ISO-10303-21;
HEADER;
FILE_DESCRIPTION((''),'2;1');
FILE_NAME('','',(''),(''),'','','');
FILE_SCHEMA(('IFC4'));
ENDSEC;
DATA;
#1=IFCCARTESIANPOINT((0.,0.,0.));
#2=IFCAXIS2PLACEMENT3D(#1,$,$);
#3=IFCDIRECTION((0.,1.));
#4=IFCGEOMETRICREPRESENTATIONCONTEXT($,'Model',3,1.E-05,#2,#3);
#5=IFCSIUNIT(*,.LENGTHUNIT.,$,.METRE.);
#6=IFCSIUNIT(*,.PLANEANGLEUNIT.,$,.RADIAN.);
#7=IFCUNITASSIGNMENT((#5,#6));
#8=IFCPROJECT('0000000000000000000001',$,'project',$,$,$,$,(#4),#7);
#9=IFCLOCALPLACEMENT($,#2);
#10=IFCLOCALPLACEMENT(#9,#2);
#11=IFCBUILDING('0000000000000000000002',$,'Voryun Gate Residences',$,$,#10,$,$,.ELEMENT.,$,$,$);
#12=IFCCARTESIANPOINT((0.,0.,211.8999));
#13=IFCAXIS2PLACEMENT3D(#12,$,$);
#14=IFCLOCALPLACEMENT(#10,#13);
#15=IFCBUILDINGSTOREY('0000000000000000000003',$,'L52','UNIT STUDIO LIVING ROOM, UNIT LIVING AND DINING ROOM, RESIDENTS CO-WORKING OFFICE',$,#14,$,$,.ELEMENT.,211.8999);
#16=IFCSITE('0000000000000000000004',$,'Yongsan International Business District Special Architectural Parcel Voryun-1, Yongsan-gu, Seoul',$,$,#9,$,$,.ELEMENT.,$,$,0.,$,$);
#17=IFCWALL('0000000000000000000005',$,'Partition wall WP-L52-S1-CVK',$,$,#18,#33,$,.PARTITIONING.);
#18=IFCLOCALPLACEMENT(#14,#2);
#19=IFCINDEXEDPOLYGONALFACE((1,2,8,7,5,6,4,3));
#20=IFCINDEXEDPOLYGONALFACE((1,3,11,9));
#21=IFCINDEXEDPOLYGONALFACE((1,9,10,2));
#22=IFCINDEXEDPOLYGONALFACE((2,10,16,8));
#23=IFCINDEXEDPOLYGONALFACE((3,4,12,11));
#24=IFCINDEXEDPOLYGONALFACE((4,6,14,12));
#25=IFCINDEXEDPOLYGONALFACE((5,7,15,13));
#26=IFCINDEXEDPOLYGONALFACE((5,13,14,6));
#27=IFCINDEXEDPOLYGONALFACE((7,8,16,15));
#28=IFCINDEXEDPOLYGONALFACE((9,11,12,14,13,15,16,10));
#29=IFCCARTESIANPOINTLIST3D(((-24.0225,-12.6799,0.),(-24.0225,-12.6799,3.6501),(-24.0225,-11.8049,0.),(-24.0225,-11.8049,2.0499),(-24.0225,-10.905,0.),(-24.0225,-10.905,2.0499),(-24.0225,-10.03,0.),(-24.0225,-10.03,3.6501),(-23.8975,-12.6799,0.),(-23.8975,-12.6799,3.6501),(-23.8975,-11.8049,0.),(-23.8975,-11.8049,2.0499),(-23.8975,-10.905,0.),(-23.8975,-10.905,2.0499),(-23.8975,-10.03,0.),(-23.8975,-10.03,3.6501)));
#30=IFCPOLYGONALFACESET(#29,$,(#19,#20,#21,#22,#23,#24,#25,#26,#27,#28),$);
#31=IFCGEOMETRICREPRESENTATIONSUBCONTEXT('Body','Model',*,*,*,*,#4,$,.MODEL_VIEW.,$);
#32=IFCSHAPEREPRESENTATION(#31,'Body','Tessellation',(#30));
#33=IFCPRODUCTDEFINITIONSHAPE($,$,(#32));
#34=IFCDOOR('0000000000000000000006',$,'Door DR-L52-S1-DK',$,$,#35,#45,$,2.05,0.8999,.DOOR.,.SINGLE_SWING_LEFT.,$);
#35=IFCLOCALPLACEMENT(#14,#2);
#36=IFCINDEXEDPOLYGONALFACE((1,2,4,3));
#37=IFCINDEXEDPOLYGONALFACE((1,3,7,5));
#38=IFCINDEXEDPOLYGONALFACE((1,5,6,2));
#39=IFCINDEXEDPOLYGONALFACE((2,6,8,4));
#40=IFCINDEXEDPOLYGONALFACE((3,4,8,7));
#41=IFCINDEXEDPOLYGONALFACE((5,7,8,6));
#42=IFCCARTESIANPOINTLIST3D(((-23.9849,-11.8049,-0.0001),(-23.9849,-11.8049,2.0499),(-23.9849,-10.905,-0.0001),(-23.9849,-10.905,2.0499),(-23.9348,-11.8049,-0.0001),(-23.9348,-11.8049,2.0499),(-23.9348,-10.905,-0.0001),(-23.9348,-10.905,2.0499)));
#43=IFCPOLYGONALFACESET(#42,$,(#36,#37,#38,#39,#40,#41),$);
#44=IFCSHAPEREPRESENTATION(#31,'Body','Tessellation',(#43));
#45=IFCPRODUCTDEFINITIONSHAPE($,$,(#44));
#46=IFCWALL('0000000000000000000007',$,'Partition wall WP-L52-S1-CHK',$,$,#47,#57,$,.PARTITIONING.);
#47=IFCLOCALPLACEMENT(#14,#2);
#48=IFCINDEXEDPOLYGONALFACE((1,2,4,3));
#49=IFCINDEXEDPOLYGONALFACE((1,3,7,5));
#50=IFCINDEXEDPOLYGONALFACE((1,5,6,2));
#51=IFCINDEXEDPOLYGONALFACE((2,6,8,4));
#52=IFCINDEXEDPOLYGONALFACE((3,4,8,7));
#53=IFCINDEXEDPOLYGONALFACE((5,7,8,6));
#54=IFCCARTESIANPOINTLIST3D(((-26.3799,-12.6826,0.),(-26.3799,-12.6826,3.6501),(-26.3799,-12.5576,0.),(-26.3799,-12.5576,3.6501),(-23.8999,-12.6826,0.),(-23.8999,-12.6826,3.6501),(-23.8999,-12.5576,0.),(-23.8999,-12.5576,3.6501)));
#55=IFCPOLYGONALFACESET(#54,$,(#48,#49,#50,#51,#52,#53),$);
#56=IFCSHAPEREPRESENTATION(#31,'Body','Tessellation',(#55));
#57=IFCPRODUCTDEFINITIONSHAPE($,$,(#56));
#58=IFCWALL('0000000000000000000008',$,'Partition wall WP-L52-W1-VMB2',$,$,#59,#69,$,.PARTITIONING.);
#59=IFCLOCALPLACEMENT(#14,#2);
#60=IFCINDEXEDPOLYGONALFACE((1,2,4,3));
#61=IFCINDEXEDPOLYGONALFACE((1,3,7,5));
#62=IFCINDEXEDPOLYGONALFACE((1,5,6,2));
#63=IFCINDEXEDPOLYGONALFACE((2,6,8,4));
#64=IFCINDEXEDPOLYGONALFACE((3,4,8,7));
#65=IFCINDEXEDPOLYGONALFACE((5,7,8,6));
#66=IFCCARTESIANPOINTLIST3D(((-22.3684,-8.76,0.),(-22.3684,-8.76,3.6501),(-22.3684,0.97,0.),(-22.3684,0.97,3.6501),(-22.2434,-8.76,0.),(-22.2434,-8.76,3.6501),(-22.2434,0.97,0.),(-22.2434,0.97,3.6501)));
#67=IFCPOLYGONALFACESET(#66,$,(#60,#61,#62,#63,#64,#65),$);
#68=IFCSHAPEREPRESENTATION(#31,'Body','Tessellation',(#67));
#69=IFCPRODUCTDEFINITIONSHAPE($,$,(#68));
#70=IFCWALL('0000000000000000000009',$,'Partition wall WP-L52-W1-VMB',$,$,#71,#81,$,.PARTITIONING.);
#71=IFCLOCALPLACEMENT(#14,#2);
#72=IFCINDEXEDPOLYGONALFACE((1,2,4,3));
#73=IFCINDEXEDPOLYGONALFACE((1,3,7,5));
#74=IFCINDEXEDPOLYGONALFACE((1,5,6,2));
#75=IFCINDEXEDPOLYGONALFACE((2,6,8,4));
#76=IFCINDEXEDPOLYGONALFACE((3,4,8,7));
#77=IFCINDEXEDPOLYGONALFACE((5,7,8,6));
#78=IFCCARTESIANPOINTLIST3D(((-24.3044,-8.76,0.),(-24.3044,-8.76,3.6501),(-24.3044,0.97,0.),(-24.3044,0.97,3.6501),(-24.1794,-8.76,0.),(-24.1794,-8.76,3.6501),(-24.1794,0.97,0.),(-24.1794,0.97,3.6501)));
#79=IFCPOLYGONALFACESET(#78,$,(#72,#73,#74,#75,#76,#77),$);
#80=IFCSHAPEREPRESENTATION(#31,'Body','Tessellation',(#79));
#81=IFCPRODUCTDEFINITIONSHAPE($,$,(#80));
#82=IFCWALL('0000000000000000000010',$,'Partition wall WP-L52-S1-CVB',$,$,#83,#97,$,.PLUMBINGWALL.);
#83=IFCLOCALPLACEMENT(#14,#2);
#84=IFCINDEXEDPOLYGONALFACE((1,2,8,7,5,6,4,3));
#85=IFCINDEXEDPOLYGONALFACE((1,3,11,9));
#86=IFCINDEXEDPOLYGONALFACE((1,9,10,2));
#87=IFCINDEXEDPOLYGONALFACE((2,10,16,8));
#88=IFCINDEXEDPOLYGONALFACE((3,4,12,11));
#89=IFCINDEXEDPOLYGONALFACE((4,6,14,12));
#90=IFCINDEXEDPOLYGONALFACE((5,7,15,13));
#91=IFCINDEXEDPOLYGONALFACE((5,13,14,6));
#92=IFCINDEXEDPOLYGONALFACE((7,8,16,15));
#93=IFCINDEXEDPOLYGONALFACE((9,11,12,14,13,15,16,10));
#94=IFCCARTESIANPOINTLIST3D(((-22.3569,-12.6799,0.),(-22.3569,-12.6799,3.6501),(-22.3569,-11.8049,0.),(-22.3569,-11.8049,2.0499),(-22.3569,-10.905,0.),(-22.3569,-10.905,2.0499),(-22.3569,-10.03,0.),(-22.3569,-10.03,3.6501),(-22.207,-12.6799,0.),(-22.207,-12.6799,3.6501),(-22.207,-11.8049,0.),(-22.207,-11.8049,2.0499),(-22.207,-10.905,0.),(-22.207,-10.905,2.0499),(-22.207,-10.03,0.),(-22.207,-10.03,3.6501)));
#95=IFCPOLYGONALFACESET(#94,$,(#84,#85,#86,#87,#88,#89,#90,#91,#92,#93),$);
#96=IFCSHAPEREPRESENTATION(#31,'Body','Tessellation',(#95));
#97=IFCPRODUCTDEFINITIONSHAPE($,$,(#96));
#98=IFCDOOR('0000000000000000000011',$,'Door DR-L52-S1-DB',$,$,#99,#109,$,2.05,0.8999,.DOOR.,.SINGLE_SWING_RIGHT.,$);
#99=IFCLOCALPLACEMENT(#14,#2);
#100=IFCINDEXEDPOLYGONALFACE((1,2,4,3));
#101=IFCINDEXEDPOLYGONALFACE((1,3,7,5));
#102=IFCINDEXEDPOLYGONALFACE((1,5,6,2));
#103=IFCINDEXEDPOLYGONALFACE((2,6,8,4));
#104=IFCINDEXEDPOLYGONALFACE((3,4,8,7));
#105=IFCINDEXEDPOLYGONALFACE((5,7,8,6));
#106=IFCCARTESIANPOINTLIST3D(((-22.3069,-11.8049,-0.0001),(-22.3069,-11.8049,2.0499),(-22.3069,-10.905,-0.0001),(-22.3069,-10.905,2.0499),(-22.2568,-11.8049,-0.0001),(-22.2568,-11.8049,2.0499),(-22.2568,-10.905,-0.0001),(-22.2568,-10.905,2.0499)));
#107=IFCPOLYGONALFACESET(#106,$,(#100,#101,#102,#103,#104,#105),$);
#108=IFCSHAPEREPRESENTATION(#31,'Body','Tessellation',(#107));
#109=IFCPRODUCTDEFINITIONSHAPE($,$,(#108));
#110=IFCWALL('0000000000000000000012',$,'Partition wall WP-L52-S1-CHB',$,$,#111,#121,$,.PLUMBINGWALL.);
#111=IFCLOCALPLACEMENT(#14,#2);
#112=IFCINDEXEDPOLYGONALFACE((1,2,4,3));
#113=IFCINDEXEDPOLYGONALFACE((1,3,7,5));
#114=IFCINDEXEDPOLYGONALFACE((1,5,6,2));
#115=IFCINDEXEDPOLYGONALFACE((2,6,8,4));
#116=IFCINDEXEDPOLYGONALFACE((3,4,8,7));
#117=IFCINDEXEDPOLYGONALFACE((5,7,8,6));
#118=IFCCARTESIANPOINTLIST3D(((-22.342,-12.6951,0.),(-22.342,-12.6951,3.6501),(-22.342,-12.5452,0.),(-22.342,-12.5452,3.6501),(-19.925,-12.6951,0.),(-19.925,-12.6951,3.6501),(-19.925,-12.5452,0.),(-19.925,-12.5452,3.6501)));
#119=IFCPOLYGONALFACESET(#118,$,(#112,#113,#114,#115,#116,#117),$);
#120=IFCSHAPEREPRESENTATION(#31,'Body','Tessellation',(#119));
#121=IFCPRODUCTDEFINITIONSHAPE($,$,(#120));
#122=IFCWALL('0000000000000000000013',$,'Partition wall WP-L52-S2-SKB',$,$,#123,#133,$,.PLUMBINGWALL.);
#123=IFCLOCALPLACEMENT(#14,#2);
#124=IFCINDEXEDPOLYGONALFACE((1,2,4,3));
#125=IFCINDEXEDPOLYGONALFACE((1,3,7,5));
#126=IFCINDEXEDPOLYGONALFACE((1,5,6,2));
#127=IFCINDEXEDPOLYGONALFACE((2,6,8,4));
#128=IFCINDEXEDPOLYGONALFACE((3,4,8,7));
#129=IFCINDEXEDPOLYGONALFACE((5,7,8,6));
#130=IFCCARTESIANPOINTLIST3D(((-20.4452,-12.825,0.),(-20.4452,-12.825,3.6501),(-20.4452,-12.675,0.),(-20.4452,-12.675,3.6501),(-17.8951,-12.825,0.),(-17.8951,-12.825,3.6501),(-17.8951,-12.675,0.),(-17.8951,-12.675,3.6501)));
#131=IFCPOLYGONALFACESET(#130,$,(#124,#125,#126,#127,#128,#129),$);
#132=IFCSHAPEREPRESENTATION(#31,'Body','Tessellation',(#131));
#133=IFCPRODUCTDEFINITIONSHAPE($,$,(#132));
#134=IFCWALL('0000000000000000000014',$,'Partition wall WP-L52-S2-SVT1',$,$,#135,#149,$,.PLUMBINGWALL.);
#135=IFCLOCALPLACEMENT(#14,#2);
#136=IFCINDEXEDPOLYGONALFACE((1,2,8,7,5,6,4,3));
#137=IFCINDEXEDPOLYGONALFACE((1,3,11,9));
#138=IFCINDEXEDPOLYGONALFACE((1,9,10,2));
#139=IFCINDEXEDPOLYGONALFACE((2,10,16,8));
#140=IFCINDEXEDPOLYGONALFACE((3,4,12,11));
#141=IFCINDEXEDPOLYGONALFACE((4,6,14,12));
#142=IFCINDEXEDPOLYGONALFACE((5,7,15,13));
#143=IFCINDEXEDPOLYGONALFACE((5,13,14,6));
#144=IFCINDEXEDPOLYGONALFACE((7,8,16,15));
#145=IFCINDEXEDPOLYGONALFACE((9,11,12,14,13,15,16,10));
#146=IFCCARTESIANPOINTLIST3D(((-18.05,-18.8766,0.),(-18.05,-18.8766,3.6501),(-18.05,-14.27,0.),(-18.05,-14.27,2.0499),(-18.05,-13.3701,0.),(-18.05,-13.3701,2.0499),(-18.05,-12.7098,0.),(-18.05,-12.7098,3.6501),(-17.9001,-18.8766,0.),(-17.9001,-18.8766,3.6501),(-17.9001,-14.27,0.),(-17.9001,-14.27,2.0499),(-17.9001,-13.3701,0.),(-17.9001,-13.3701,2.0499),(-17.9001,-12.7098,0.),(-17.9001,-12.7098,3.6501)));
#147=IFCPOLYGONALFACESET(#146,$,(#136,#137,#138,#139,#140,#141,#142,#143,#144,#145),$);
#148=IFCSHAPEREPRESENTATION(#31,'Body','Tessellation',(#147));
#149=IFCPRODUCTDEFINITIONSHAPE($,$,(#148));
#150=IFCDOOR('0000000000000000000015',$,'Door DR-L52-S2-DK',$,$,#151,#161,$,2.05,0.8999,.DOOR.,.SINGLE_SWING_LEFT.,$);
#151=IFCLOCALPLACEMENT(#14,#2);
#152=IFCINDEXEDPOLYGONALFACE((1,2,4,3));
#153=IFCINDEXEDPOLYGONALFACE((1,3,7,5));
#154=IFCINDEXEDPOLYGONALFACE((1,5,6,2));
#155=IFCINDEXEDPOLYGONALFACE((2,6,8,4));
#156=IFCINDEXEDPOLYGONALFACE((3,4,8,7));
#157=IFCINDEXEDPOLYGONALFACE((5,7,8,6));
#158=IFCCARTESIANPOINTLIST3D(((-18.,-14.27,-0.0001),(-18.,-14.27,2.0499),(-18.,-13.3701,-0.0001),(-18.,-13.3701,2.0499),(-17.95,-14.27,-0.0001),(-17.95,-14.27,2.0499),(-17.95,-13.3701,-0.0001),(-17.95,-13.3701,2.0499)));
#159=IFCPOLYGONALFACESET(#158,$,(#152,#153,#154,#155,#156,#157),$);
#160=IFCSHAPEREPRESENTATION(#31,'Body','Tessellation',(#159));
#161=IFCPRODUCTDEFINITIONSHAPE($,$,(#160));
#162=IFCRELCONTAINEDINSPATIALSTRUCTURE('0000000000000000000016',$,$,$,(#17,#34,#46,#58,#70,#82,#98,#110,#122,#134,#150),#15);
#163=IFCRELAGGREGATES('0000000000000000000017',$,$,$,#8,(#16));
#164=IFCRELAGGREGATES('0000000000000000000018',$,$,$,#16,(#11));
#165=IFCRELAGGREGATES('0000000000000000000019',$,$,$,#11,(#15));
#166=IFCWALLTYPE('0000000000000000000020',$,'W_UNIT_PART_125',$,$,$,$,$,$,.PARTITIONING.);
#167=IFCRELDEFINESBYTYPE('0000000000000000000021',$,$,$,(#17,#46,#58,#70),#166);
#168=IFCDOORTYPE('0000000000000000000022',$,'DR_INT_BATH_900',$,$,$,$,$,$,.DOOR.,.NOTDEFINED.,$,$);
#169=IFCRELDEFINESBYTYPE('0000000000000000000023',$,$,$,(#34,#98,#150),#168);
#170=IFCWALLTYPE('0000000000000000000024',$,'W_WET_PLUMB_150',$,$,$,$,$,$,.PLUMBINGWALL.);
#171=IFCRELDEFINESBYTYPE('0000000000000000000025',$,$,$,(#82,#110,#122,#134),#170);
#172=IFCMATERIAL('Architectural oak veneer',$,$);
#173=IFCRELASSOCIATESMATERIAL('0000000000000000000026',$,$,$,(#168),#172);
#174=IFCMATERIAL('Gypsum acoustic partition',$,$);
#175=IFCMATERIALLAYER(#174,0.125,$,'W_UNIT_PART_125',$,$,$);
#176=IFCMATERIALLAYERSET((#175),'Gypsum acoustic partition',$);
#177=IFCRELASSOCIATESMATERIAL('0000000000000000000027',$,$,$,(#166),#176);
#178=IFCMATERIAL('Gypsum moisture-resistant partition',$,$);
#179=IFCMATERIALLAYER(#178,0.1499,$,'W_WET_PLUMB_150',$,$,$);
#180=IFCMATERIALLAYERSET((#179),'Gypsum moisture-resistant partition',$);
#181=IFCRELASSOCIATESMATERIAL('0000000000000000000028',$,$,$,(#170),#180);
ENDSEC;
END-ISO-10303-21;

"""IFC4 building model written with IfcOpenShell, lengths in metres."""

from ifc_helpers import new_model, si_unit, direction, frame, frame_2d, origin, place, context, subcontext, project, spatial, rectangle, extrude, material, layer, layer_set, type_object, element, fill, save


model = new_model("IFC4")

# Units and contexts
model_context = context("Model", 3, precision=1e-05, world=origin(), true_north=direction((0.0, 1.0)))
body_context = subcontext(model_context, "Body", "Model", "MODEL_VIEW")
ifc_project = project(units=[si_unit("LENGTHUNIT", "METRE"), si_unit("PLANEANGLEUNIT", "RADIAN")], contexts=[model_context])

# Site, building, storey
site_placement = place(None, origin())
site = spatial("IfcSite", under=ifc_project, at=site_placement, Name="Yongsan International Business District Special Architectural Parcel Voryun-1, Yongsan-gu, Seoul", CompositionType="ELEMENT", RefElevation=0.0)
building_placement = place(site_placement, origin())
building = spatial("IfcBuilding", under=site, at=building_placement, Name="Voryun Gate Residences", CompositionType="ELEMENT")
storey_placement = place(building_placement, frame((0.0, 0.0, 211.8999)))
storey = spatial("IfcBuildingStorey", under=building, at=storey_placement, Name="L52", Description="UNIT STUDIO LIVING ROOM, UNIT LIVING AND DINING ROOM, RESIDENTS CO-WORKING OFFICE", CompositionType="ELEMENT", Elevation=211.8999)

# Shared definitions
ifc_material_1 = material(Name="Architectural oak veneer")
door_type_1 = type_object("IfcDoorType", Name="DR_INT_BATH_900", OperationType="NOTDEFINED", PredefinedType="DOOR", material=ifc_material_1)

# Wall, opening, door
ifc_material_2 = material(Name="Gypsum acoustic partition")
ifc_layer_1 = layer(ifc_material_2, 0.125, Name="W_UNIT_PART_125")
ifc_layer_set_1 = layer_set([ifc_layer_1], Name="Gypsum acoustic partition")
wall_type_1 = type_object("IfcWallType", Name="W_UNIT_PART_125", PredefinedType="PARTITIONING", material=ifc_layer_set_1)
wall_1_placement = place(storey_placement, frame((-23.96, -12.6799, 0.0), z_axis=(0.0, 0.0, 1.0), x_axis=(0.0, 1.0, 0.0)))
wall_1 = element("IfcWall", 1, at=wall_1_placement, inside=storey, type_object=wall_type_1, Name="Partition wall WP-L52-S1-CVK", PredefinedType="PARTITIONING", context=body_context, shape_type="SweptSolid", body=[
    extrude(rectangle(XDim=2.6499, YDim=0.125, at=frame_2d((1.325, 0.0))), origin(), (0.0, 0.0, 1.0), 3.6501),
])
opening_1_placement = place(wall_1_placement, frame((0.875, 0.0, 0.0)))
opening_1 = element("IfcOpeningElement", 2, at=opening_1_placement, cuts=wall_1, PredefinedType="OPENING", context=body_context, shape_type="SweptSolid", body=[
    extrude(rectangle(XDim=0.8999, YDim=2.05, at=frame_2d((0.45, 1.0249))), frame((0.0, 0.0725, 0.0), z_axis=(0.0, -1.0, 0.0), x_axis=(1.0, 0.0, 0.0)), (0.0, 0.0, 1.0), 0.145),
])
door_1_placement = place(opening_1_placement, origin())
door_1 = element("IfcDoor", 3, at=door_1_placement, inside=storey, type_object=door_type_1, Name="Door DR-L52-S1-DK", OperationType="SINGLE_SWING_LEFT", OverallHeight=2.05, OverallWidth=0.8999, PredefinedType="DOOR", context=body_context, shape_type="SweptSolid", body=[
    extrude(rectangle(XDim=0.8999, YDim=2.05, at=frame_2d((0.45, 1.0249))), frame((0.0, 0.0249, 0.0), z_axis=(0.0, -1.0, 0.0), x_axis=(1.0, 0.0, 0.0)), (0.0, 0.0, 1.0), 0.05),
])
fill(opening_1, door_1)

# Walls
wall_2_placement = place(storey_placement, frame((-26.3799, -12.6201, 0.0), z_axis=(0.0, 0.0, 1.0), x_axis=(1.0, 0.0, 0.0)))
element("IfcWall", 4, at=wall_2_placement, inside=storey, type_object=wall_type_1, Name="Partition wall WP-L52-S1-CHK", PredefinedType="PARTITIONING", context=body_context, shape_type="SweptSolid", body=[
    extrude(rectangle(XDim=2.48, YDim=0.125, at=frame_2d((1.24, 0.0))), origin(), (0.0, 0.0, 1.0), 3.6501),
])
for number, where, z_axis, x_axis, name in (
    (5, (-22.3059, -8.76, 0.0), (0.0, 0.0, 1.0), (0.0, 1.0, 0.0), "Partition wall WP-L52-W1-VMB2"),
    (6, (-24.2419, -8.76, 0.0), (0.0, 0.0, 1.0), (0.0, 1.0, 0.0), "Partition wall WP-L52-W1-VMB"),
):
    element("IfcWall", number, at=place(storey_placement, frame(where, z_axis=z_axis, x_axis=x_axis)), inside=storey, type_object=wall_type_1, Name=name, PredefinedType="PARTITIONING", context=body_context, shape_type="SweptSolid", body=[
        extrude(rectangle(XDim=9.73, YDim=0.125, at=frame_2d((4.865, 0.0))), origin(), (0.0, 0.0, 1.0), 3.6501),
    ])

# Wall, opening, door
ifc_material_3 = material(Name="Gypsum moisture-resistant partition")
ifc_layer_2 = layer(ifc_material_3, 0.1499, Name="W_WET_PLUMB_150")
ifc_layer_set_2 = layer_set([ifc_layer_2], Name="Gypsum moisture-resistant partition")
wall_type_2 = type_object("IfcWallType", Name="W_WET_PLUMB_150", PredefinedType="PLUMBINGWALL", material=ifc_layer_set_2)
wall_3_placement = place(storey_placement, frame((-22.282, -12.6799, 0.0), z_axis=(0.0, 0.0, 1.0), x_axis=(0.0, 1.0, 0.0)))
wall_3 = element("IfcWall", 7, at=wall_3_placement, inside=storey, type_object=wall_type_2, Name="Partition wall WP-L52-S1-CVB", PredefinedType="PLUMBINGWALL", context=body_context, shape_type="SweptSolid", body=[
    extrude(rectangle(XDim=2.6499, YDim=0.1499, at=frame_2d((1.325, 0.0))), origin(), (0.0, 0.0, 1.0), 3.6501),
])
opening_2_placement = place(wall_3_placement, frame((0.875, 0.0, 0.0)))
opening_2 = element("IfcOpeningElement", 8, at=opening_2_placement, cuts=wall_3, PredefinedType="OPENING", context=body_context, shape_type="SweptSolid", body=[
    extrude(rectangle(XDim=0.8999, YDim=2.05, at=frame_2d((0.45, 1.0249))), frame((0.0, 0.085, 0.0), z_axis=(0.0, -1.0, 0.0), x_axis=(1.0, 0.0, 0.0)), (0.0, 0.0, 1.0), 0.1699),
])
door_2_placement = place(opening_2_placement, origin())
door_2 = element("IfcDoor", 9, at=door_2_placement, inside=storey, type_object=door_type_1, Name="Door DR-L52-S1-DB", OperationType="SINGLE_SWING_RIGHT", OverallHeight=2.05, OverallWidth=0.8999, PredefinedType="DOOR", context=body_context, shape_type="SweptSolid", body=[
    extrude(rectangle(XDim=0.8999, YDim=2.05, at=frame_2d((0.45, 1.0249))), frame((0.0, 0.0249, 0.0), z_axis=(0.0, -1.0, 0.0), x_axis=(1.0, 0.0, 0.0)), (0.0, 0.0, 1.0), 0.05),
])
fill(opening_2, door_2)

# Walls
wall_4_placement = place(storey_placement, frame((-22.342, -12.6201, 0.0), z_axis=(0.0, 0.0, 1.0), x_axis=(1.0, 0.0, 0.0)))
element("IfcWall", 10, at=wall_4_placement, inside=storey, type_object=wall_type_2, Name="Partition wall WP-L52-S1-CHB", PredefinedType="PLUMBINGWALL", context=body_context, shape_type="SweptSolid", body=[
    extrude(rectangle(XDim=2.417, YDim=0.1499, at=frame_2d((1.2085, 0.0))), origin(), (0.0, 0.0, 1.0), 3.6501),
])
wall_5_placement = place(storey_placement, frame((-20.4451, -12.75, 0.0), z_axis=(0.0, 0.0, 1.0), x_axis=(1.0, 0.0, 0.0)))
element("IfcWall", 11, at=wall_5_placement, inside=storey, type_object=wall_type_2, Name="Partition wall WP-L52-S2-SKB", PredefinedType="PLUMBINGWALL", context=body_context, shape_type="SweptSolid", body=[
    extrude(rectangle(XDim=2.55, YDim=0.1499, at=frame_2d((1.2749, 0.0))), origin(), (0.0, 0.0, 1.0), 3.6501),
])

# Wall, opening, door
wall_6_placement = place(storey_placement, frame((-17.9751, -18.8767, 0.0), z_axis=(0.0, 0.0, 1.0), x_axis=(0.0, 1.0, 0.0)))
wall_6 = element("IfcWall", 12, at=wall_6_placement, inside=storey, type_object=wall_type_2, Name="Partition wall WP-L52-S2-SVT1", PredefinedType="PLUMBINGWALL", context=body_context, shape_type="SweptSolid", body=[
    extrude(rectangle(XDim=6.1667, YDim=0.1499, at=frame_2d((3.0835, 0.0))), origin(), (0.0, 0.0, 1.0), 3.6501),
])
opening_3_placement = place(wall_6_placement, frame((4.6067, 0.0, 0.0)))
opening_3 = element("IfcOpeningElement", 13, at=opening_3_placement, cuts=wall_6, PredefinedType="OPENING", context=body_context, shape_type="SweptSolid", body=[
    extrude(rectangle(XDim=0.8999, YDim=2.05, at=frame_2d((0.45, 1.0249))), frame((0.0, 0.085, 0.0), z_axis=(0.0, -1.0, 0.0), x_axis=(1.0, 0.0, 0.0)), (0.0, 0.0, 1.0), 0.1699),
])
door_3_placement = place(opening_3_placement, origin())
door_3 = element("IfcDoor", 14, at=door_3_placement, inside=storey, type_object=door_type_1, Name="Door DR-L52-S2-DK", OperationType="SINGLE_SWING_LEFT", OverallHeight=2.05, OverallWidth=0.8999, PredefinedType="DOOR", context=body_context, shape_type="SweptSolid", body=[
    extrude(rectangle(XDim=0.8999, YDim=2.05, at=frame_2d((0.45, 1.0249))), frame((0.0, 0.0249, 0.0), z_axis=(0.0, -1.0, 0.0), x_axis=(1.0, 0.0, 0.0)), (0.0, 0.0, 1.0), 0.05),
])
fill(opening_3, door_3)

save(model, "model.ifc")
